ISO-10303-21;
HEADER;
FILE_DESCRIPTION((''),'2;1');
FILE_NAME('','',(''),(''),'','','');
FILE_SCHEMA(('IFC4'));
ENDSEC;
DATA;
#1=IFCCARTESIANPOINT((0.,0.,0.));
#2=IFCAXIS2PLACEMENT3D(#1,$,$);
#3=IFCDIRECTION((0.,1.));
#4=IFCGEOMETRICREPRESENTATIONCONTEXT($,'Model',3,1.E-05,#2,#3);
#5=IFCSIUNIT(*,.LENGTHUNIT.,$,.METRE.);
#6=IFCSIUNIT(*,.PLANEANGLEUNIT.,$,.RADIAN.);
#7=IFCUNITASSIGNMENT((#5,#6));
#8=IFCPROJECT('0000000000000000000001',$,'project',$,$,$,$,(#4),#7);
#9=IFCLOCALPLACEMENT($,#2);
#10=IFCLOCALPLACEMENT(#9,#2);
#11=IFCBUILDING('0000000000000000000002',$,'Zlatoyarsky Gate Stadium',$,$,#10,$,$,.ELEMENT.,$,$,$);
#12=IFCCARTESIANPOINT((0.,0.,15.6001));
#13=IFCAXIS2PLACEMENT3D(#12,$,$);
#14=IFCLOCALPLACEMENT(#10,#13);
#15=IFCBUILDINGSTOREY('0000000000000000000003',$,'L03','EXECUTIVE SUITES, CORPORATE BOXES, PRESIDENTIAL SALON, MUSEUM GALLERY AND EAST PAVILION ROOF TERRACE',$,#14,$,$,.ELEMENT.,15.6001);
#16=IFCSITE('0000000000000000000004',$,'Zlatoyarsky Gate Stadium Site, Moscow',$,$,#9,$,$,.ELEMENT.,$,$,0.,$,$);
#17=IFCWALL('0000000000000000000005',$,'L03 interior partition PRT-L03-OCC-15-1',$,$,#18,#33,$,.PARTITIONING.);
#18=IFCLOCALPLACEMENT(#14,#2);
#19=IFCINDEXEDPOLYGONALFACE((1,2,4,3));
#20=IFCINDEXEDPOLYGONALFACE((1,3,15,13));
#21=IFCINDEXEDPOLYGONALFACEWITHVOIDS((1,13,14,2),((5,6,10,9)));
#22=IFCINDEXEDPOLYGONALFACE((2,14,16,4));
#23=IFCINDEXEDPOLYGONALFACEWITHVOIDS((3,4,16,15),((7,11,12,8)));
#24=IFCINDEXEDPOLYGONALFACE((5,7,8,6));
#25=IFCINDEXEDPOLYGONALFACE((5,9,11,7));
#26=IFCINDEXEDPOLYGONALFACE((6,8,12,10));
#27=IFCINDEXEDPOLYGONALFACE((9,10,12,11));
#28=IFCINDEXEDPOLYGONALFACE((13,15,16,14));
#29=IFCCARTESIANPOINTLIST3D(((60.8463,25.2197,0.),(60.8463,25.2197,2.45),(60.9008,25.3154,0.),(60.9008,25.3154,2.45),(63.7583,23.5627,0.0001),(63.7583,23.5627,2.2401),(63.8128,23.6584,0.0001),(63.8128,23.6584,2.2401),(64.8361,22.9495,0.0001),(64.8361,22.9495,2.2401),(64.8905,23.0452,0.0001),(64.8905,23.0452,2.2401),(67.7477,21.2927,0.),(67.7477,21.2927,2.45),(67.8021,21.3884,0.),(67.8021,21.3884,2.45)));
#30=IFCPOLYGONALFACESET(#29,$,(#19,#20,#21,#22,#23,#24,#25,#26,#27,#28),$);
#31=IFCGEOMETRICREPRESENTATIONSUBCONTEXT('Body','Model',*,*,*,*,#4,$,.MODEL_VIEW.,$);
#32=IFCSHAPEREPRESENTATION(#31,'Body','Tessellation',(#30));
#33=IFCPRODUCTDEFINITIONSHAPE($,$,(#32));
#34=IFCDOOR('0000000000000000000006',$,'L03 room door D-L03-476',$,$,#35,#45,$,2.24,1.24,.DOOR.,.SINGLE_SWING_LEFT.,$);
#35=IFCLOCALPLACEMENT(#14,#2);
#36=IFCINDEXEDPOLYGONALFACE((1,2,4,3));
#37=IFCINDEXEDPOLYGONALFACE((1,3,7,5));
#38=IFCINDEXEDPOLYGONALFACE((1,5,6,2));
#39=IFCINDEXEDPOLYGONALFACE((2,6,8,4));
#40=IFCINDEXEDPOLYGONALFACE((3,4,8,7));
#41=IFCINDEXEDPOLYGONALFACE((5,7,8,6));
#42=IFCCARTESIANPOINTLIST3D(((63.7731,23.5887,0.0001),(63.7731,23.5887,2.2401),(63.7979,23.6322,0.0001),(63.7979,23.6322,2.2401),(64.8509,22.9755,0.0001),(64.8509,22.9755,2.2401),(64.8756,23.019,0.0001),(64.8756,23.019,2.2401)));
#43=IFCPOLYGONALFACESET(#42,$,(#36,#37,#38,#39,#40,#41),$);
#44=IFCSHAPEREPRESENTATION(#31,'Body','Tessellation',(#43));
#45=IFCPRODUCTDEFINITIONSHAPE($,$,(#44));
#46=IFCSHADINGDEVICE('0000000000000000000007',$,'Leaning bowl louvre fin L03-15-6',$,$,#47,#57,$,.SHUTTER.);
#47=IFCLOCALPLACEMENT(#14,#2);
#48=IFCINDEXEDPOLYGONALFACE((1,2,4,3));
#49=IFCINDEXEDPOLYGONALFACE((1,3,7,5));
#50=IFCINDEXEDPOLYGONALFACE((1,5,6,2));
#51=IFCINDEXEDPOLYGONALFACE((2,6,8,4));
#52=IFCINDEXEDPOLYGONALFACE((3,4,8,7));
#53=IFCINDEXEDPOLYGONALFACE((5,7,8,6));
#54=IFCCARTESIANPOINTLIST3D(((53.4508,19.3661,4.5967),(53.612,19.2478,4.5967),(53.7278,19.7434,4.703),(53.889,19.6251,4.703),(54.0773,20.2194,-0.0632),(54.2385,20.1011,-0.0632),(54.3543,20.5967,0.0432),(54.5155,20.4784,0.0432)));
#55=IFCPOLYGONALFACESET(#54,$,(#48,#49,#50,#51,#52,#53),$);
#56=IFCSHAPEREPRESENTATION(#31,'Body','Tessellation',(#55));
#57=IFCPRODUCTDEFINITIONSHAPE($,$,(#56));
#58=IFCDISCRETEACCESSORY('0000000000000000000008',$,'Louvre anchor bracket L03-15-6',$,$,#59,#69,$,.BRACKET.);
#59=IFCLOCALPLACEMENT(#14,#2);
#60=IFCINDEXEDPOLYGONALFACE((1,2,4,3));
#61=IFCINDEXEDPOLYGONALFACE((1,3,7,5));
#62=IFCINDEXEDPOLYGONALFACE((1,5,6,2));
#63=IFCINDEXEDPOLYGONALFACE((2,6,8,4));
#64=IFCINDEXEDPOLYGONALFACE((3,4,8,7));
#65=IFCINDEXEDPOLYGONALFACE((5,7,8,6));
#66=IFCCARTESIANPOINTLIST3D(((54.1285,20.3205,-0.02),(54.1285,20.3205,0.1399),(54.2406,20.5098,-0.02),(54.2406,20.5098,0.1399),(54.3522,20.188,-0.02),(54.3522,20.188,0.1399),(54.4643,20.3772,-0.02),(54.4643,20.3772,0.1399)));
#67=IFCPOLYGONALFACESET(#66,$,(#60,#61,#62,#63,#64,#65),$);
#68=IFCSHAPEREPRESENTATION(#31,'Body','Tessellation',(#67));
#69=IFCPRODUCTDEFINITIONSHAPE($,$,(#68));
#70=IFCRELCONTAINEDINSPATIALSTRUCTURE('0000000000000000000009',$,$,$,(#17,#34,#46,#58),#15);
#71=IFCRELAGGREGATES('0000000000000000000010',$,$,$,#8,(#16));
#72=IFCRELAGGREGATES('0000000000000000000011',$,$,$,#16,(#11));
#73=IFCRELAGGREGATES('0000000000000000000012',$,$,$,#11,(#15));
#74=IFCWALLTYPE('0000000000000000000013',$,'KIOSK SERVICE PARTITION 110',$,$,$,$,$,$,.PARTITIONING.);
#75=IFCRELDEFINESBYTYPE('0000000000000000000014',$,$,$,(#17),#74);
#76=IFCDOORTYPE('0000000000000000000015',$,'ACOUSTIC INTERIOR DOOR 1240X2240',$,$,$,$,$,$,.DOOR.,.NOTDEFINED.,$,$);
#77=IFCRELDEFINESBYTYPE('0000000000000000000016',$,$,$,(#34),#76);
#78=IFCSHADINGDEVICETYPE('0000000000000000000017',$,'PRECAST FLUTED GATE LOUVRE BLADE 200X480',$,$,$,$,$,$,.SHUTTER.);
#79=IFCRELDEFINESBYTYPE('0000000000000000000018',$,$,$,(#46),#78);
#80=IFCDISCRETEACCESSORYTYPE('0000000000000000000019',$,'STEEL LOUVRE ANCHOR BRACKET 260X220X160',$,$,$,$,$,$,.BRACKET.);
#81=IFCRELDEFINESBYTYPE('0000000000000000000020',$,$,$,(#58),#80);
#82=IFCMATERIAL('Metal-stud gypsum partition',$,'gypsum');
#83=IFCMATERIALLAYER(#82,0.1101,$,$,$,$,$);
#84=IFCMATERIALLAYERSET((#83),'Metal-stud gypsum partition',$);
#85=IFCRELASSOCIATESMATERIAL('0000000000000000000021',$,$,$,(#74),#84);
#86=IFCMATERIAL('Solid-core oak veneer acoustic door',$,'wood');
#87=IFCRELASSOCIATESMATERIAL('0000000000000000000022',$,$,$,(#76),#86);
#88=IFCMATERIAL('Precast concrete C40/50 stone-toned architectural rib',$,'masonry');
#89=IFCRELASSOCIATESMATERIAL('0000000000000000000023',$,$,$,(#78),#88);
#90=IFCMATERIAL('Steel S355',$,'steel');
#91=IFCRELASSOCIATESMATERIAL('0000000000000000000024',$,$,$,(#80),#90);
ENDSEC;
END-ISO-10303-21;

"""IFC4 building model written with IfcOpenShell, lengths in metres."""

from ifc_helpers import new_model, si_unit, direction, frame, frame_2d, origin, origin_2d, place, context, subcontext, project, spatial, rectangle, extrude, material, layer, layer_set, material_profile, profile_set, type_object, element, fill, save


model = new_model("IFC4")

# Units and contexts
model_context = context("Model", 3, precision=1e-05, world=origin(), true_north=direction((0.0, 1.0)))
body_context = subcontext(model_context, "Body", "Model", "MODEL_VIEW")
ifc_project = project(units=[si_unit("LENGTHUNIT", "METRE"), si_unit("PLANEANGLEUNIT", "RADIAN")], contexts=[model_context])

# Site, building, storey
site_placement = place(None, origin())
site = spatial("IfcSite", under=ifc_project, at=site_placement, Name="Zlatoyarsky Gate Stadium Site, Moscow", CompositionType="ELEMENT", RefElevation=0.0)
building_placement = place(site_placement, origin())
building = spatial("IfcBuilding", under=site, at=building_placement, Name="Zlatoyarsky Gate Stadium", CompositionType="ELEMENT")
storey_placement = place(building_placement, frame((0.0, 0.0, 15.6001)))
storey = spatial("IfcBuildingStorey", under=building, at=storey_placement, Name="L03", Description="EXECUTIVE SUITES, CORPORATE BOXES, PRESIDENTIAL SALON, MUSEUM GALLERY AND EAST PAVILION ROOF TERRACE", CompositionType="ELEMENT", Elevation=15.6001)

# Shared definitions
ifc_material_1 = material(Name="Steel S355", Category="steel")

# Wall, opening, door
ifc_material_2 = material(Name="Metal-stud gypsum partition", Category="gypsum")
ifc_layer_1 = layer(ifc_material_2, 0.1101)
ifc_layer_set_1 = layer_set([ifc_layer_1], Name="Metal-stud gypsum partition")
wall_type_1 = type_object("IfcWallType", Name="KIOSK SERVICE PARTITION 110", PredefinedType="PARTITIONING", material=ifc_layer_set_1)
wall_1_placement = place(storey_placement, frame((60.8735, 25.2676, 0.0), z_axis=(0.0, 0.0, 1.0), x_axis=(0.869144, -0.494559, 0.0)))
wall_1 = element("IfcWall", 1, at=wall_1_placement, inside=storey, type_object=wall_type_1, Name="L03 interior partition PRT-L03-OCC-15-1", PredefinedType="PARTITIONING", context=body_context, shape_type="SweptSolid", body=[
    extrude(rectangle(XDim=7.9404, YDim=0.1101, at=frame_2d((3.9702, 0.0))), origin(), (0.0, 0.0, 1.0), 2.45),
])
opening_placement = place(wall_1_placement, frame((3.3503, 0.0, 0.0)))
opening = element("IfcOpeningElement", 2, at=opening_placement, cuts=wall_1, PredefinedType="OPENING", context=body_context, shape_type="SweptSolid", body=[
    extrude(rectangle(XDim=1.24, YDim=2.24, at=frame_2d((0.6201, 1.1201))), frame((0.0, 0.0649, 0.0), z_axis=(0.0, -1.0, 0.0), x_axis=(1.0, 0.0, 0.0)), (0.0, 0.0, 1.0), 0.1301),
])
ifc_material_3 = material(Name="Solid-core oak veneer acoustic door", Category="wood")
door_type = type_object("IfcDoorType", Name="ACOUSTIC INTERIOR DOOR 1240X2240", OperationType="NOTDEFINED", PredefinedType="DOOR", material=ifc_material_3)
door_placement = place(opening_placement, origin())
door = element("IfcDoor", 3, at=door_placement, inside=storey, type_object=door_type, Name="L03 room door D-L03-476", OperationType="SINGLE_SWING_LEFT", OverallHeight=2.24, OverallWidth=1.24, PredefinedType="DOOR", context=body_context, shape_type="SweptSolid", body=[
    extrude(rectangle(XDim=1.24, YDim=2.24, at=frame_2d((0.6201, 1.1201))), frame((0.0, 0.0249, 0.0), z_axis=(0.0, -1.0, 0.0), x_axis=(1.0, 0.0, 0.0)), (0.0, 0.0, 1.0), 0.05),
])
fill(opening, door)

# Shading device
ifc_material_4 = material(Name="Precast concrete C40/50 stone-toned architectural rib", Category="masonry")
ifc_material_profile_1 = material_profile(ifc_material_4, rectangle(XDim=0.2, YDim=0.48, at=origin_2d()), Name="RIB 200X480")
ifc_profile_set_1 = profile_set([ifc_material_profile_1], Name="Precast concrete C40/50 stone-toned architectural rib")
shading_device_type = type_object("IfcShadingDeviceType", Name="PRECAST FLUTED GATE LOUVRE BLADE 200X480", PredefinedType="SHUTTER", material=ifc_profile_set_1)
shading_device_placement = place(storey_placement, frame((54.2964, 20.3489, -0.01), z_axis=(-0.131097, -0.17856, 0.975156), x_axis=(0.806075, -0.591814, 0.0)))
element("IfcShadingDevice", 4, at=shading_device_placement, inside=storey, type_object=shading_device_type, Name="Leaning bowl louvre fin L03-15-6", PredefinedType="SHUTTER", context=body_context, shape_type="SweptSolid", body=[
    extrude(rectangle(XDim=0.2, YDim=0.48, at=origin_2d()), origin(), (0.0, 0.0, 1.0), 4.7786),
])

# Discrete accessory
discrete_accessory_type = type_object("IfcDiscreteAccessoryType", Name="STEEL LOUVRE ANCHOR BRACKET 260X220X160", PredefinedType="BRACKET", material=ifc_material_1)
discrete_accessory_placement = place(storey_placement, frame((54.2964, 20.3489, -0.02), z_axis=(0.0, 0.0, 1.0), x_axis=(0.860285, -0.509814, 0.0)))
element("IfcDiscreteAccessory", 5, at=discrete_accessory_placement, inside=storey, type_object=discrete_accessory_type, Name="Louvre anchor bracket L03-15-6", PredefinedType="BRACKET", context=body_context, shape_type="SweptSolid", body=[
    extrude(rectangle(XDim=0.26, YDim=0.22, at=origin_2d()), origin(), (0.0, 0.0, 1.0), 0.1599),
])

save(model, "model.ifc")
